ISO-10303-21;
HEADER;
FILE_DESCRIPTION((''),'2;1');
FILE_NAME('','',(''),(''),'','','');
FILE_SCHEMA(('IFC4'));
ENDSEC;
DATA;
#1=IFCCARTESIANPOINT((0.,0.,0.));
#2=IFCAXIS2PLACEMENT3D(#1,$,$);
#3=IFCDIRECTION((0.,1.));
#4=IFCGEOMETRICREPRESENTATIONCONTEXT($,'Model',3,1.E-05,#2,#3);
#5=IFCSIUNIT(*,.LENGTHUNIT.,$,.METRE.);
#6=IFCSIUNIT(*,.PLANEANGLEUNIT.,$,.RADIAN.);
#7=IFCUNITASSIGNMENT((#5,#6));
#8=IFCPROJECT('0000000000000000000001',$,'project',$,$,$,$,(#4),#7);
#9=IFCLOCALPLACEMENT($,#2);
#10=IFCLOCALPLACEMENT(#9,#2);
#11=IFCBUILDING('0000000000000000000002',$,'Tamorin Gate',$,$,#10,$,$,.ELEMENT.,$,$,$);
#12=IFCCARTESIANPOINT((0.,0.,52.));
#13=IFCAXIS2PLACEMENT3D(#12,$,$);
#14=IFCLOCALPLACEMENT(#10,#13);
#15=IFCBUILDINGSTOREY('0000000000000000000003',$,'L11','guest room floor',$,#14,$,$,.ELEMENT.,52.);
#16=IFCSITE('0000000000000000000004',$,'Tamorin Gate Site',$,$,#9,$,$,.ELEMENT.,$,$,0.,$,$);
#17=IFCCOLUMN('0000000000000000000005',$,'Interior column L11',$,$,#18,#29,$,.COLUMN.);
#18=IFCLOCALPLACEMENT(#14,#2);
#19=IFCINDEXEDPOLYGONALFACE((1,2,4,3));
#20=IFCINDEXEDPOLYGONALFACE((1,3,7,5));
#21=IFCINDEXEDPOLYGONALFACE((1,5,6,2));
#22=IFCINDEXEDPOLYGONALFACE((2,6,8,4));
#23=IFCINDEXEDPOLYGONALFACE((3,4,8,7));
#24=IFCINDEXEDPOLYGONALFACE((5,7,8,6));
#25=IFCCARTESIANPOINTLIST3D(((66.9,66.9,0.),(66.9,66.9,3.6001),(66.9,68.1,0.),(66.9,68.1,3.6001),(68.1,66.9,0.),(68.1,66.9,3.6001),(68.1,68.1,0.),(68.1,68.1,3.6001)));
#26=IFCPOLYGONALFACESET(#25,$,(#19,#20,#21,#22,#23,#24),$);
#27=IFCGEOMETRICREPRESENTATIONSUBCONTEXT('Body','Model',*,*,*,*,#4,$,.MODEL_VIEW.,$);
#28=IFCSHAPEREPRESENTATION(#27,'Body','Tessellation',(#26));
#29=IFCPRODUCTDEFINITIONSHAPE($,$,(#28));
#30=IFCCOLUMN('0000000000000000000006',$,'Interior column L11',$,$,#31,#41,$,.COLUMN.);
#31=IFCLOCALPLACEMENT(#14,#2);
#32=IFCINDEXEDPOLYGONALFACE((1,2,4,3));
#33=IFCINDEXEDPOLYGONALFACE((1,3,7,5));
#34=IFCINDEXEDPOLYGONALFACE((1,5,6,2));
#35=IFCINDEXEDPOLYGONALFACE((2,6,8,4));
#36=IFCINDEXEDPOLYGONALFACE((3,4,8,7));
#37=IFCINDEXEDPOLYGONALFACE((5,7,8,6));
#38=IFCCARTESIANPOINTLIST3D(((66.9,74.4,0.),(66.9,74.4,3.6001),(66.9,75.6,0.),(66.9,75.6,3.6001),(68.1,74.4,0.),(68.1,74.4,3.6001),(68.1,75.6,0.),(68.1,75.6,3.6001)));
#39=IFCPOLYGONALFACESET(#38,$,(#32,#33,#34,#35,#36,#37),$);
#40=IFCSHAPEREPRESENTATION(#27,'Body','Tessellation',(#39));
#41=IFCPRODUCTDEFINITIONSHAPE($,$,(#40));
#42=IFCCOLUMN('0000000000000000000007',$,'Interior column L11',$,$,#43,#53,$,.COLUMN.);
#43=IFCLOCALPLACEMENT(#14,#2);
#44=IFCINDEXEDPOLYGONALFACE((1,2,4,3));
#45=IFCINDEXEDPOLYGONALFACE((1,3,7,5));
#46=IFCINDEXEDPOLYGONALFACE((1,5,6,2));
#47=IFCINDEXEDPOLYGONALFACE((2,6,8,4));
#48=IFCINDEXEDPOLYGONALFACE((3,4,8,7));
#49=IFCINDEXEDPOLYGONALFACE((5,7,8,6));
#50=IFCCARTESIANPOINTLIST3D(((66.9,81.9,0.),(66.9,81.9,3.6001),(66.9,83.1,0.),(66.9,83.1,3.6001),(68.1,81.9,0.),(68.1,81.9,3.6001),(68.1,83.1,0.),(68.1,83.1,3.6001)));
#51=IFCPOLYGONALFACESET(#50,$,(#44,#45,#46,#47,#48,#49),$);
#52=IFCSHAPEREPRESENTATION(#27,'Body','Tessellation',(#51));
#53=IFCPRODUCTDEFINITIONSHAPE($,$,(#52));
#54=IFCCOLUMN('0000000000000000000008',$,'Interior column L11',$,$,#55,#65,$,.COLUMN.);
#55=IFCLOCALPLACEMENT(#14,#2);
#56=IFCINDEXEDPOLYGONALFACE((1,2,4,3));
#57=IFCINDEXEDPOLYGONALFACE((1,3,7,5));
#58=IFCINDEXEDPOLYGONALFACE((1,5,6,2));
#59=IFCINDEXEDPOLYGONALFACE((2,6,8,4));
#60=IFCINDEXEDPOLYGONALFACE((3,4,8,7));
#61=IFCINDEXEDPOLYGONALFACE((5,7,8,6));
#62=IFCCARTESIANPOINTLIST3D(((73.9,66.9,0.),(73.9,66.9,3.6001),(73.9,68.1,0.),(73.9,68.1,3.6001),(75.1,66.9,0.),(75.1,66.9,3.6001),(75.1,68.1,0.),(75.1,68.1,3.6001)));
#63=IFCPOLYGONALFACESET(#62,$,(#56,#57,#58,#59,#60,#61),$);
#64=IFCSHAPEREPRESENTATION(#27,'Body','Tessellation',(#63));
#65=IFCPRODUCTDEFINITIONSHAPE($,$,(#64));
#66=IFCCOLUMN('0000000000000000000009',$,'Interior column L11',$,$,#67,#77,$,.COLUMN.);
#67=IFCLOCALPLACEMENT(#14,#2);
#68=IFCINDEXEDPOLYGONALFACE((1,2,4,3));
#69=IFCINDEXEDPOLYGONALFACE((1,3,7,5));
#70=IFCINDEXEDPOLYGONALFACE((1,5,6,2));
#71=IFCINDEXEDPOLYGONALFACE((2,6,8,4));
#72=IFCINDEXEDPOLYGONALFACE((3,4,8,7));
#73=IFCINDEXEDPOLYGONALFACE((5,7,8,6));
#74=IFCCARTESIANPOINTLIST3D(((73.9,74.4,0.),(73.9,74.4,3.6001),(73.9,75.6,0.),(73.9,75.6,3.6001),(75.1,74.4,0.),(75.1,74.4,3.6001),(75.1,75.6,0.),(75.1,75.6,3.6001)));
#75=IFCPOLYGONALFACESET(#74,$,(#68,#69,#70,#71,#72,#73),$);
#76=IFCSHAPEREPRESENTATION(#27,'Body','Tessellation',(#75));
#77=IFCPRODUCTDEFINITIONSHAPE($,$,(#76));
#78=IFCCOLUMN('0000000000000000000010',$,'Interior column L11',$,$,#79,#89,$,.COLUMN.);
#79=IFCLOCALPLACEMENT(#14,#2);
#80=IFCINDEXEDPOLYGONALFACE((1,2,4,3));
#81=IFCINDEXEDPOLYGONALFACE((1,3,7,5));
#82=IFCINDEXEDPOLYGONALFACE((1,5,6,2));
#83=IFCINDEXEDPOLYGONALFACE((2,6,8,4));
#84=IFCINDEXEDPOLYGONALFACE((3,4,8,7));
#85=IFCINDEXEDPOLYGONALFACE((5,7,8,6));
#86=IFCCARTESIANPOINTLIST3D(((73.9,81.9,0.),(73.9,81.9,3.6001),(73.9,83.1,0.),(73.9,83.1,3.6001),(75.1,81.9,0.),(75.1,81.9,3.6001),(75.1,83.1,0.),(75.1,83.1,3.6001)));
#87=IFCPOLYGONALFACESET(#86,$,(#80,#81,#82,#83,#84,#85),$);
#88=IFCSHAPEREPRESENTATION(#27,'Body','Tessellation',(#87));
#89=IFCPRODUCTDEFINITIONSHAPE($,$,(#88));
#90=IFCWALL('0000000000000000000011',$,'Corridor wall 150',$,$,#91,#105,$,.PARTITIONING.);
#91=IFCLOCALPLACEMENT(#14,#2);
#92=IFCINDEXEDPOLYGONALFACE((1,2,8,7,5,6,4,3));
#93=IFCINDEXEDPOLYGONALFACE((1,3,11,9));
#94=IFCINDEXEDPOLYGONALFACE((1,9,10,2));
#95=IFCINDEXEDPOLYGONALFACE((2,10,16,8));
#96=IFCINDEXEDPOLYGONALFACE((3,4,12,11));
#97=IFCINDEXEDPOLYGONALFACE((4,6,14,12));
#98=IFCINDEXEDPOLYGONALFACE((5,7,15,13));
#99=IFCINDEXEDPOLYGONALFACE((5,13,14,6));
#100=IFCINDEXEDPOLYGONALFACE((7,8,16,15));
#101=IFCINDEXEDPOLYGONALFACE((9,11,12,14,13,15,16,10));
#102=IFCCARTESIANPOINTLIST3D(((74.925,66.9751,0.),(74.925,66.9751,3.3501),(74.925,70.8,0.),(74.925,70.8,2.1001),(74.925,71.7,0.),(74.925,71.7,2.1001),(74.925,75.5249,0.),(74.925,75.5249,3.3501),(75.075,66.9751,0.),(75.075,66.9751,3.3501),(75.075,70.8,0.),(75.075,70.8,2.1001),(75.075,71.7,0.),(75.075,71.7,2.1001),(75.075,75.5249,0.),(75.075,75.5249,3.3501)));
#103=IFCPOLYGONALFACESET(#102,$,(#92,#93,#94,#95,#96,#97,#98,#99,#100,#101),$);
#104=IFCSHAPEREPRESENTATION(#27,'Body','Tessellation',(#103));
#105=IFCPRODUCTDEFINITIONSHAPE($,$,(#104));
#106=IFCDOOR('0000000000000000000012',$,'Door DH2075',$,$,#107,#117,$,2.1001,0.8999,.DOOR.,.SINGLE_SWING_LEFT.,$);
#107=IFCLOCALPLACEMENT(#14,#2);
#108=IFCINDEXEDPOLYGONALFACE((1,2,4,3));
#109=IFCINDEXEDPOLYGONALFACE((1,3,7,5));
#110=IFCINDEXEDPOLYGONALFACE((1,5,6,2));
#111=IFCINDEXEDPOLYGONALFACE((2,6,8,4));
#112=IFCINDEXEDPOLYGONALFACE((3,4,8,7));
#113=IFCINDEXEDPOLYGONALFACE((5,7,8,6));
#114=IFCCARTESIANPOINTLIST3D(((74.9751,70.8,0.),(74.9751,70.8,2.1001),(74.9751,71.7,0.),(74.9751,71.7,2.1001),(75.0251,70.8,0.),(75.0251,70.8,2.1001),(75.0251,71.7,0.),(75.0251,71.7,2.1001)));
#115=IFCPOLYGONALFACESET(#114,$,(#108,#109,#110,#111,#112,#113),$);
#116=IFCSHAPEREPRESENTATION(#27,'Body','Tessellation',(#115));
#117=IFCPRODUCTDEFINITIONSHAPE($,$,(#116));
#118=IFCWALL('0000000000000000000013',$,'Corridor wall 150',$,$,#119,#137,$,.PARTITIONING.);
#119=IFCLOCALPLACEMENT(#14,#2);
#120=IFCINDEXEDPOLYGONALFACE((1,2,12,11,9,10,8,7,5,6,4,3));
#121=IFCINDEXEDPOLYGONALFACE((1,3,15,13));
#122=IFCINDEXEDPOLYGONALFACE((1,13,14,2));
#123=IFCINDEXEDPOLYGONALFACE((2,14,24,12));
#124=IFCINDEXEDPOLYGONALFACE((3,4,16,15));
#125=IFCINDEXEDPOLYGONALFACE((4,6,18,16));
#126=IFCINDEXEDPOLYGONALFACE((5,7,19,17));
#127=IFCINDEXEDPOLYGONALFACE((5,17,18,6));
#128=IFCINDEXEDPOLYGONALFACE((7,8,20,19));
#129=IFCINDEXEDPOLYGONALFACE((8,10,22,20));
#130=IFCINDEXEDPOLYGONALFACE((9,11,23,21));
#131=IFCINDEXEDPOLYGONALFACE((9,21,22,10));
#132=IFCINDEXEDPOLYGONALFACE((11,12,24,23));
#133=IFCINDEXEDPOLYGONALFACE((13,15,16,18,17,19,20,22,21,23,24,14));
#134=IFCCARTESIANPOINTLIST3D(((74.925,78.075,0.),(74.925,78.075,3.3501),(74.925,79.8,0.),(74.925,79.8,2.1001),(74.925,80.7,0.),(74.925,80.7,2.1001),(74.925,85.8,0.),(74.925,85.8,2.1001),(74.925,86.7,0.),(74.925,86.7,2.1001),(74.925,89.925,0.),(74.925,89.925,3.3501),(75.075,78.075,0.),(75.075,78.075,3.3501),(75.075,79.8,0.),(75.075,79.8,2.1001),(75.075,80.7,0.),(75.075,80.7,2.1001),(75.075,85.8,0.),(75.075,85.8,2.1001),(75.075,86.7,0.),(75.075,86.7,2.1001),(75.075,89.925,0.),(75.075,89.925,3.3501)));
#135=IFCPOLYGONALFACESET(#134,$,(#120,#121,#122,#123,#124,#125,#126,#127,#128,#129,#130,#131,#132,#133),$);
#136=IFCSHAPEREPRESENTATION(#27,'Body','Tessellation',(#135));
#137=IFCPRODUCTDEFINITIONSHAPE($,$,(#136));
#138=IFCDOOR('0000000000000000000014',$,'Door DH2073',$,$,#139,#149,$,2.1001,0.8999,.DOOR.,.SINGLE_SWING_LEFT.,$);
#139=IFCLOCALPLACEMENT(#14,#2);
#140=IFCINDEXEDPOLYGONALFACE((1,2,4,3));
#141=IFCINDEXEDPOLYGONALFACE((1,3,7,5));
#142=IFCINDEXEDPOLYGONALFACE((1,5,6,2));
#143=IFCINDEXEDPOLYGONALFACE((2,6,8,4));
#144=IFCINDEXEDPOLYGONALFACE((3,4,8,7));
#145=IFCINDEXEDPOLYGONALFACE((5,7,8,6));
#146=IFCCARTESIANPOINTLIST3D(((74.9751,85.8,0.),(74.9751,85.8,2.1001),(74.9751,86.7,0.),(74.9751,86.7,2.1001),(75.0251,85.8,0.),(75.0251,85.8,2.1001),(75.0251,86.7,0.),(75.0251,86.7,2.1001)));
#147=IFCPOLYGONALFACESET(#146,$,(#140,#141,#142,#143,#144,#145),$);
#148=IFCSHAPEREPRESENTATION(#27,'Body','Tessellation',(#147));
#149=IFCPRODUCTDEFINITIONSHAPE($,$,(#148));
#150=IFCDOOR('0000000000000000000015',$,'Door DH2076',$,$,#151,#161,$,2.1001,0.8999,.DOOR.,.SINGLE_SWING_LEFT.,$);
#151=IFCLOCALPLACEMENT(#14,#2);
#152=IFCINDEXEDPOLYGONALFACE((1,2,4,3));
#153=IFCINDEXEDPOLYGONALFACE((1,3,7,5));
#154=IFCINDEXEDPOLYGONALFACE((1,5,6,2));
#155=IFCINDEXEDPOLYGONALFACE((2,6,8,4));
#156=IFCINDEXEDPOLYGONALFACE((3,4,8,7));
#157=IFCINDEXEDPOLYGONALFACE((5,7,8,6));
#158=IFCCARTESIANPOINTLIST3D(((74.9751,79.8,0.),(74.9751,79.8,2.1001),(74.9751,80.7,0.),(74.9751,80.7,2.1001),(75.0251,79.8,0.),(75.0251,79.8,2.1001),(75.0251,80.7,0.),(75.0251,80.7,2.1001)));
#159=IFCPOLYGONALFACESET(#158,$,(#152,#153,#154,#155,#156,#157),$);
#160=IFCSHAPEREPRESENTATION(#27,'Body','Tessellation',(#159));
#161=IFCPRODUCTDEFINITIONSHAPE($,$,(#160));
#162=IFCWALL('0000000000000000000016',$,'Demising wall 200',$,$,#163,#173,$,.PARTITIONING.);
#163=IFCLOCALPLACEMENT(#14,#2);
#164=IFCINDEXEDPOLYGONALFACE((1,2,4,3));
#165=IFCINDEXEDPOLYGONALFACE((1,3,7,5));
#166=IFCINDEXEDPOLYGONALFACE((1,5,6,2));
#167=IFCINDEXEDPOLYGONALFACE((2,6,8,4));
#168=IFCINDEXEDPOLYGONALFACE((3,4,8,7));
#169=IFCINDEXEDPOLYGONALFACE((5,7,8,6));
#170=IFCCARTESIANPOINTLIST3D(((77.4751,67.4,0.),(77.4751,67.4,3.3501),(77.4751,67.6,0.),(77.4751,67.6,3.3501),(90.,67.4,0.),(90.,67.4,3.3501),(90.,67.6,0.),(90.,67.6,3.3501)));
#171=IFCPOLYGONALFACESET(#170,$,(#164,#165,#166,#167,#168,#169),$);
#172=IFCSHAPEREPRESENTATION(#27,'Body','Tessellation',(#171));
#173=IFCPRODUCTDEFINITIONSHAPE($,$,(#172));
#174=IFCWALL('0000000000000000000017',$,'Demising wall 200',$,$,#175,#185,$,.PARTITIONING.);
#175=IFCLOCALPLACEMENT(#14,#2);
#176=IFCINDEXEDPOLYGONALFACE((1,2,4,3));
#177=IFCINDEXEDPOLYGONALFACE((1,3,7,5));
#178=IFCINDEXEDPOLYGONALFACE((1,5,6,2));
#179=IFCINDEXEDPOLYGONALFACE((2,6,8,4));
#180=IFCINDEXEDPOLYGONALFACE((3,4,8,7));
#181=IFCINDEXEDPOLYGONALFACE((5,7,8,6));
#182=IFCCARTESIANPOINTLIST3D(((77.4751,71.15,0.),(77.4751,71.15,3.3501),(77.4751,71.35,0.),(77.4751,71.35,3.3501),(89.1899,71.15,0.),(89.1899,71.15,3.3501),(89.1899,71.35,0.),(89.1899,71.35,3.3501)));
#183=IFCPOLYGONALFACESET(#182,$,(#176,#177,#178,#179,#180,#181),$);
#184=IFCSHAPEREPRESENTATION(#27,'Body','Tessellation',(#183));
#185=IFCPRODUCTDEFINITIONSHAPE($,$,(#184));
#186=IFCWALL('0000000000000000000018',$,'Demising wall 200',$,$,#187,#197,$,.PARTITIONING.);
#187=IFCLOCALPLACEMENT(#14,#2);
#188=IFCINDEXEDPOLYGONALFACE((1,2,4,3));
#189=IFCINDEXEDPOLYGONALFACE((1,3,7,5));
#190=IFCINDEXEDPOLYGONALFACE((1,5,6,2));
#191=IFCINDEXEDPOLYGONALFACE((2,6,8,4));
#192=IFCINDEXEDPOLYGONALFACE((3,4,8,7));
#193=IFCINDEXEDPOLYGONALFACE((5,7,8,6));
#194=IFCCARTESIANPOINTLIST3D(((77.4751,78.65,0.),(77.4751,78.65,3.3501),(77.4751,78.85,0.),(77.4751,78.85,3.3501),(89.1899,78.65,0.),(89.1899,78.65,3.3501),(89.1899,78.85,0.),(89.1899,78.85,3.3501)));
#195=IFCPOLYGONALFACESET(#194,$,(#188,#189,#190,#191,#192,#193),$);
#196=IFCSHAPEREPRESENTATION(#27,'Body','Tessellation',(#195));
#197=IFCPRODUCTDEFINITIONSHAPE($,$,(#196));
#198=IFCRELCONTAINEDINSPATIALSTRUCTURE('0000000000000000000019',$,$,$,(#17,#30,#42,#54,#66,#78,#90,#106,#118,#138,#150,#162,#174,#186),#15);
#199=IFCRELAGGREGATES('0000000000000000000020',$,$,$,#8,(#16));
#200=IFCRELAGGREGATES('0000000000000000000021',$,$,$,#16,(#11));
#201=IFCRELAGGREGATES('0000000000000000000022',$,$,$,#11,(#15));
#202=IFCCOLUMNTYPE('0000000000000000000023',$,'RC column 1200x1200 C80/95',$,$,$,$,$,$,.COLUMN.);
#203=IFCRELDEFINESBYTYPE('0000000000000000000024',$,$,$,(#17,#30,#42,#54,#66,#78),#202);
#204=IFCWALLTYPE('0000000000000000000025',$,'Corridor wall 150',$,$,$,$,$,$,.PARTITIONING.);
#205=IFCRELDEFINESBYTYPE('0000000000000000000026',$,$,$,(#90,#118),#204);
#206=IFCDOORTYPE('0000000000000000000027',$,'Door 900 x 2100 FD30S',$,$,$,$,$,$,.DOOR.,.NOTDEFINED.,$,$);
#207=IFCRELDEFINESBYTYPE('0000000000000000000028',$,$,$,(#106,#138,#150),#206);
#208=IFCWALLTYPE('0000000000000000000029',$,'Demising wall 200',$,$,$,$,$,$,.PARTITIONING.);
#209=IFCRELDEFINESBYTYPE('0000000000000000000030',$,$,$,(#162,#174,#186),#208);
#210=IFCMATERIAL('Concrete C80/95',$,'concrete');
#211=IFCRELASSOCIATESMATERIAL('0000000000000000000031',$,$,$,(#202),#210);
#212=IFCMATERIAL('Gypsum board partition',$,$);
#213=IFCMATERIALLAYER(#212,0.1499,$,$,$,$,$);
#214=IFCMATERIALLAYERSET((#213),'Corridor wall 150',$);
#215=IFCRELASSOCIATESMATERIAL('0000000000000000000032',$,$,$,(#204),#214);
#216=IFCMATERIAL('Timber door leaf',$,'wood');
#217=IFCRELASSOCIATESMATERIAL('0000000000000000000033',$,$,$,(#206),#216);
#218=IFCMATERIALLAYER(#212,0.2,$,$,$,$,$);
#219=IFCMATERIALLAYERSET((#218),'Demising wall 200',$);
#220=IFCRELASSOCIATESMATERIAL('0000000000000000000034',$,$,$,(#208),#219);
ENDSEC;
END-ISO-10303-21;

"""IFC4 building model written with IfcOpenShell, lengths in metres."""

from ifc_helpers import new_model, si_unit, direction, frame, frame_2d, origin, origin_2d, place, context, subcontext, project, spatial, rectangle, extrude, material, layer, layer_set, material_profile, profile_set, type_object, element, fill, save


model = new_model("IFC4")

# Units and contexts
model_context = context("Model", 3, precision=1e-05, world=origin(), true_north=direction((0.0, 1.0)))
body_context = subcontext(model_context, "Body", "Model", "MODEL_VIEW")
ifc_project = project(units=[si_unit("LENGTHUNIT", "METRE"), si_unit("PLANEANGLEUNIT", "RADIAN")], contexts=[model_context])

# Site, building, storey
site_placement = place(None, origin())
site = spatial("IfcSite", under=ifc_project, at=site_placement, Name="Tamorin Gate Site", CompositionType="ELEMENT", RefElevation=0.0)
building_placement = place(site_placement, origin())
building = spatial("IfcBuilding", under=site, at=building_placement, Name="Tamorin Gate", CompositionType="ELEMENT")
storey_placement = place(building_placement, frame((0.0, 0.0, 52.0)))
storey = spatial("IfcBuildingStorey", under=building, at=storey_placement, Name="L11", Description="guest room floor", CompositionType="ELEMENT", Elevation=52.0)

# Columns
ifc_material_1 = material(Name="Concrete C80/95", Category="concrete")
ifc_material_profile = material_profile(ifc_material_1, rectangle(XDim=1.2, YDim=1.2, at=origin_2d()), Name="RC 1200x1200")
ifc_profile_set = profile_set([ifc_material_profile], Name="Concrete C80/95")
column_type = type_object("IfcColumnType", Name="RC column 1200x1200 C80/95", PredefinedType="COLUMN", material=ifc_profile_set)
for number, where, z_axis, x_axis, name in (
    (1, (67.5, 67.5, 0.0), (0.0, 0.0, 1.0), (1.0, 0.0, 0.0), "Interior column L11"),
    (2, (67.5, 75.0, 0.0), (0.0, 0.0, 1.0), (1.0, 0.0, 0.0), "Interior column L11"),
    (3, (67.5, 82.5, 0.0), (0.0, 0.0, 1.0), (1.0, 0.0, 0.0), "Interior column L11"),
    (4, (74.5, 67.5, 0.0), (0.0, 0.0, 1.0), (1.0, 0.0, 0.0), "Interior column L11"),
    (5, (74.5, 75.0, 0.0), (0.0, 0.0, 1.0), (1.0, 0.0, 0.0), "Interior column L11"),
    (6, (74.5, 82.5, 0.0), (0.0, 0.0, 1.0), (1.0, 0.0, 0.0), "Interior column L11"),
):
    element("IfcColumn", number, at=place(storey_placement, frame(where, z_axis=z_axis, x_axis=x_axis)), inside=storey, type_object=column_type, Name=name, PredefinedType="COLUMN", context=body_context, shape_type="SweptSolid", body=[
        extrude(rectangle(XDim=1.2, YDim=1.2, at=origin_2d()), origin(), (0.0, 0.0, 1.0), 3.6001),
    ])

# Wall, opening, door
ifc_material_2 = material(Name="Gypsum board partition")
ifc_layer_1 = layer(ifc_material_2, 0.1499)
ifc_layer_set_1 = layer_set([ifc_layer_1], Name="Corridor wall 150")
wall_type_1 = type_object("IfcWallType", Name="Corridor wall 150", PredefinedType="PARTITIONING", material=ifc_layer_set_1)
wall_1_placement = place(storey_placement, frame((75.0, 66.9751, 0.0), z_axis=(0.0, 0.0, 1.0), x_axis=(0.0, 1.0, 0.0)))
wall_1 = element("IfcWall", 7, at=wall_1_placement, inside=storey, type_object=wall_type_1, Name="Corridor wall 150", PredefinedType="PARTITIONING", context=body_context, shape_type="SweptSolid", body=[
    extrude(rectangle(XDim=8.5498, YDim=0.1499, at=frame_2d((4.2749, 0.0))), origin(), (0.0, 0.0, 1.0), 3.3501),
])
opening_1_placement = place(wall_1_placement, frame((3.825, 0.0, 0.0)))
opening_1 = element("IfcOpeningElement", 8, at=opening_1_placement, cuts=wall_1, PredefinedType="OPENING", context=body_context, shape_type="SweptSolid", body=[
    extrude(rectangle(XDim=0.8999, YDim=2.1001, at=frame_2d((0.45, 1.05))), frame((0.0, 0.085, 0.0), z_axis=(0.0, -1.0, 0.0), x_axis=(1.0, 0.0, 0.0)), (0.0, 0.0, 1.0), 0.1699),
])
ifc_material_3 = material(Name="Timber door leaf", Category="wood")
door_type = type_object("IfcDoorType", Name="Door 900 x 2100 FD30S", OperationType="NOTDEFINED", PredefinedType="DOOR", material=ifc_material_3)
door_1_placement = place(opening_1_placement, origin())
door_1 = element("IfcDoor", 9, at=door_1_placement, inside=storey, type_object=door_type, Name="Door DH2075", OperationType="SINGLE_SWING_LEFT", OverallHeight=2.1001, OverallWidth=0.8999, PredefinedType="DOOR", context=body_context, shape_type="SweptSolid", body=[
    extrude(rectangle(XDim=0.8999, YDim=2.1001, at=frame_2d((0.45, 1.05))), frame((0.0, 0.0249, 0.0), z_axis=(0.0, -1.0, 0.0), x_axis=(1.0, 0.0, 0.0)), (0.0, 0.0, 1.0), 0.05),
])
fill(opening_1, door_1)

# Wall, openings, doors
wall_2_placement = place(storey_placement, frame((75.0, 78.075, 0.0), z_axis=(0.0, 0.0, 1.0), x_axis=(0.0, 1.0, 0.0)))
wall_2 = element("IfcWall", 10, at=wall_2_placement, inside=storey, type_object=wall_type_1, Name="Corridor wall 150", PredefinedType="PARTITIONING", context=body_context, shape_type="SweptSolid", body=[
    extrude(rectangle(XDim=11.8501, YDim=0.1499, at=frame_2d((5.925, 0.0))), origin(), (0.0, 0.0, 1.0), 3.3501),
])
opening_2_placement = place(wall_2_placement, frame((7.7251, 0.0, 0.0)))
opening_2 = element("IfcOpeningElement", 11, at=opening_2_placement, cuts=wall_2, PredefinedType="OPENING", context=body_context, shape_type="SweptSolid", body=[
    extrude(rectangle(XDim=0.8999, YDim=2.1001, at=frame_2d((0.45, 1.05))), frame((0.0, 0.085, 0.0), z_axis=(0.0, -1.0, 0.0), x_axis=(1.0, 0.0, 0.0)), (0.0, 0.0, 1.0), 0.1699),
])
opening_3_placement = place(wall_2_placement, frame((1.7251, 0.0, 0.0)))
opening_3 = element("IfcOpeningElement", 12, at=opening_3_placement, cuts=wall_2, PredefinedType="OPENING", context=body_context, shape_type="SweptSolid", body=[
    extrude(rectangle(XDim=0.8999, YDim=2.1001, at=frame_2d((0.45, 1.05))), frame((0.0, 0.085, 0.0), z_axis=(0.0, -1.0, 0.0), x_axis=(1.0, 0.0, 0.0)), (0.0, 0.0, 1.0), 0.1699),
])
door_2_placement = place(opening_2_placement, origin())
door_2 = element("IfcDoor", 13, at=door_2_placement, inside=storey, type_object=door_type, Name="Door DH2073", OperationType="SINGLE_SWING_LEFT", OverallHeight=2.1001, OverallWidth=0.8999, PredefinedType="DOOR", context=body_context, shape_type="SweptSolid", body=[
    extrude(rectangle(XDim=0.8999, YDim=2.1001, at=frame_2d((0.45, 1.05))), frame((0.0, 0.0249, 0.0), z_axis=(0.0, -1.0, 0.0), x_axis=(1.0, 0.0, 0.0)), (0.0, 0.0, 1.0), 0.05),
])
fill(opening_2, door_2)
door_3_placement = place(opening_3_placement, origin())
door_3 = element("IfcDoor", 14, at=door_3_placement, inside=storey, type_object=door_type, Name="Door DH2076", OperationType="SINGLE_SWING_LEFT", OverallHeight=2.1001, OverallWidth=0.8999, PredefinedType="DOOR", context=body_context, shape_type="SweptSolid", body=[
    extrude(rectangle(XDim=0.8999, YDim=2.1001, at=frame_2d((0.45, 1.05))), frame((0.0, 0.0249, 0.0), z_axis=(0.0, -1.0, 0.0), x_axis=(1.0, 0.0, 0.0)), (0.0, 0.0, 1.0), 0.05),
])
fill(opening_3, door_3)

# Walls
ifc_layer_2 = layer(ifc_material_2, 0.2)
ifc_layer_set_2 = layer_set([ifc_layer_2], Name="Demising wall 200")
wall_type_2 = type_object("IfcWallType", Name="Demising wall 200", PredefinedType="PARTITIONING", material=ifc_layer_set_2)
wall_3_placement = place(storey_placement, frame((77.4751, 67.5, 0.0), z_axis=(0.0, 0.0, 1.0), x_axis=(1.0, 0.0, 0.0)))
element("IfcWall", 15, at=wall_3_placement, inside=storey, type_object=wall_type_2, Name="Demising wall 200", PredefinedType="PARTITIONING", context=body_context, shape_type="SweptSolid", body=[
    extrude(rectangle(XDim=12.5249, YDim=0.2, at=frame_2d((6.2625, 0.0))), origin(), (0.0, 0.0, 1.0), 3.3501),
])
for number, where, z_axis, x_axis, name in (
    (16, (77.4751, 71.25, 0.0), (0.0, 0.0, 1.0), (1.0, 0.0, 0.0), "Demising wall 200"),
    (17, (77.4751, 78.75, 0.0), (0.0, 0.0, 1.0), (1.0, 0.0, 0.0), "Demising wall 200"),
):
    element("IfcWall", number, at=place(storey_placement, frame(where, z_axis=z_axis, x_axis=x_axis)), inside=storey, type_object=wall_type_2, Name=name, PredefinedType="PARTITIONING", context=body_context, shape_type="SweptSolid", body=[
        extrude(rectangle(XDim=11.7148, YDim=0.2, at=frame_2d((5.8574, 0.0))), origin(), (0.0, 0.0, 1.0), 3.3501),
    ])

save(model, "model.ifc")
